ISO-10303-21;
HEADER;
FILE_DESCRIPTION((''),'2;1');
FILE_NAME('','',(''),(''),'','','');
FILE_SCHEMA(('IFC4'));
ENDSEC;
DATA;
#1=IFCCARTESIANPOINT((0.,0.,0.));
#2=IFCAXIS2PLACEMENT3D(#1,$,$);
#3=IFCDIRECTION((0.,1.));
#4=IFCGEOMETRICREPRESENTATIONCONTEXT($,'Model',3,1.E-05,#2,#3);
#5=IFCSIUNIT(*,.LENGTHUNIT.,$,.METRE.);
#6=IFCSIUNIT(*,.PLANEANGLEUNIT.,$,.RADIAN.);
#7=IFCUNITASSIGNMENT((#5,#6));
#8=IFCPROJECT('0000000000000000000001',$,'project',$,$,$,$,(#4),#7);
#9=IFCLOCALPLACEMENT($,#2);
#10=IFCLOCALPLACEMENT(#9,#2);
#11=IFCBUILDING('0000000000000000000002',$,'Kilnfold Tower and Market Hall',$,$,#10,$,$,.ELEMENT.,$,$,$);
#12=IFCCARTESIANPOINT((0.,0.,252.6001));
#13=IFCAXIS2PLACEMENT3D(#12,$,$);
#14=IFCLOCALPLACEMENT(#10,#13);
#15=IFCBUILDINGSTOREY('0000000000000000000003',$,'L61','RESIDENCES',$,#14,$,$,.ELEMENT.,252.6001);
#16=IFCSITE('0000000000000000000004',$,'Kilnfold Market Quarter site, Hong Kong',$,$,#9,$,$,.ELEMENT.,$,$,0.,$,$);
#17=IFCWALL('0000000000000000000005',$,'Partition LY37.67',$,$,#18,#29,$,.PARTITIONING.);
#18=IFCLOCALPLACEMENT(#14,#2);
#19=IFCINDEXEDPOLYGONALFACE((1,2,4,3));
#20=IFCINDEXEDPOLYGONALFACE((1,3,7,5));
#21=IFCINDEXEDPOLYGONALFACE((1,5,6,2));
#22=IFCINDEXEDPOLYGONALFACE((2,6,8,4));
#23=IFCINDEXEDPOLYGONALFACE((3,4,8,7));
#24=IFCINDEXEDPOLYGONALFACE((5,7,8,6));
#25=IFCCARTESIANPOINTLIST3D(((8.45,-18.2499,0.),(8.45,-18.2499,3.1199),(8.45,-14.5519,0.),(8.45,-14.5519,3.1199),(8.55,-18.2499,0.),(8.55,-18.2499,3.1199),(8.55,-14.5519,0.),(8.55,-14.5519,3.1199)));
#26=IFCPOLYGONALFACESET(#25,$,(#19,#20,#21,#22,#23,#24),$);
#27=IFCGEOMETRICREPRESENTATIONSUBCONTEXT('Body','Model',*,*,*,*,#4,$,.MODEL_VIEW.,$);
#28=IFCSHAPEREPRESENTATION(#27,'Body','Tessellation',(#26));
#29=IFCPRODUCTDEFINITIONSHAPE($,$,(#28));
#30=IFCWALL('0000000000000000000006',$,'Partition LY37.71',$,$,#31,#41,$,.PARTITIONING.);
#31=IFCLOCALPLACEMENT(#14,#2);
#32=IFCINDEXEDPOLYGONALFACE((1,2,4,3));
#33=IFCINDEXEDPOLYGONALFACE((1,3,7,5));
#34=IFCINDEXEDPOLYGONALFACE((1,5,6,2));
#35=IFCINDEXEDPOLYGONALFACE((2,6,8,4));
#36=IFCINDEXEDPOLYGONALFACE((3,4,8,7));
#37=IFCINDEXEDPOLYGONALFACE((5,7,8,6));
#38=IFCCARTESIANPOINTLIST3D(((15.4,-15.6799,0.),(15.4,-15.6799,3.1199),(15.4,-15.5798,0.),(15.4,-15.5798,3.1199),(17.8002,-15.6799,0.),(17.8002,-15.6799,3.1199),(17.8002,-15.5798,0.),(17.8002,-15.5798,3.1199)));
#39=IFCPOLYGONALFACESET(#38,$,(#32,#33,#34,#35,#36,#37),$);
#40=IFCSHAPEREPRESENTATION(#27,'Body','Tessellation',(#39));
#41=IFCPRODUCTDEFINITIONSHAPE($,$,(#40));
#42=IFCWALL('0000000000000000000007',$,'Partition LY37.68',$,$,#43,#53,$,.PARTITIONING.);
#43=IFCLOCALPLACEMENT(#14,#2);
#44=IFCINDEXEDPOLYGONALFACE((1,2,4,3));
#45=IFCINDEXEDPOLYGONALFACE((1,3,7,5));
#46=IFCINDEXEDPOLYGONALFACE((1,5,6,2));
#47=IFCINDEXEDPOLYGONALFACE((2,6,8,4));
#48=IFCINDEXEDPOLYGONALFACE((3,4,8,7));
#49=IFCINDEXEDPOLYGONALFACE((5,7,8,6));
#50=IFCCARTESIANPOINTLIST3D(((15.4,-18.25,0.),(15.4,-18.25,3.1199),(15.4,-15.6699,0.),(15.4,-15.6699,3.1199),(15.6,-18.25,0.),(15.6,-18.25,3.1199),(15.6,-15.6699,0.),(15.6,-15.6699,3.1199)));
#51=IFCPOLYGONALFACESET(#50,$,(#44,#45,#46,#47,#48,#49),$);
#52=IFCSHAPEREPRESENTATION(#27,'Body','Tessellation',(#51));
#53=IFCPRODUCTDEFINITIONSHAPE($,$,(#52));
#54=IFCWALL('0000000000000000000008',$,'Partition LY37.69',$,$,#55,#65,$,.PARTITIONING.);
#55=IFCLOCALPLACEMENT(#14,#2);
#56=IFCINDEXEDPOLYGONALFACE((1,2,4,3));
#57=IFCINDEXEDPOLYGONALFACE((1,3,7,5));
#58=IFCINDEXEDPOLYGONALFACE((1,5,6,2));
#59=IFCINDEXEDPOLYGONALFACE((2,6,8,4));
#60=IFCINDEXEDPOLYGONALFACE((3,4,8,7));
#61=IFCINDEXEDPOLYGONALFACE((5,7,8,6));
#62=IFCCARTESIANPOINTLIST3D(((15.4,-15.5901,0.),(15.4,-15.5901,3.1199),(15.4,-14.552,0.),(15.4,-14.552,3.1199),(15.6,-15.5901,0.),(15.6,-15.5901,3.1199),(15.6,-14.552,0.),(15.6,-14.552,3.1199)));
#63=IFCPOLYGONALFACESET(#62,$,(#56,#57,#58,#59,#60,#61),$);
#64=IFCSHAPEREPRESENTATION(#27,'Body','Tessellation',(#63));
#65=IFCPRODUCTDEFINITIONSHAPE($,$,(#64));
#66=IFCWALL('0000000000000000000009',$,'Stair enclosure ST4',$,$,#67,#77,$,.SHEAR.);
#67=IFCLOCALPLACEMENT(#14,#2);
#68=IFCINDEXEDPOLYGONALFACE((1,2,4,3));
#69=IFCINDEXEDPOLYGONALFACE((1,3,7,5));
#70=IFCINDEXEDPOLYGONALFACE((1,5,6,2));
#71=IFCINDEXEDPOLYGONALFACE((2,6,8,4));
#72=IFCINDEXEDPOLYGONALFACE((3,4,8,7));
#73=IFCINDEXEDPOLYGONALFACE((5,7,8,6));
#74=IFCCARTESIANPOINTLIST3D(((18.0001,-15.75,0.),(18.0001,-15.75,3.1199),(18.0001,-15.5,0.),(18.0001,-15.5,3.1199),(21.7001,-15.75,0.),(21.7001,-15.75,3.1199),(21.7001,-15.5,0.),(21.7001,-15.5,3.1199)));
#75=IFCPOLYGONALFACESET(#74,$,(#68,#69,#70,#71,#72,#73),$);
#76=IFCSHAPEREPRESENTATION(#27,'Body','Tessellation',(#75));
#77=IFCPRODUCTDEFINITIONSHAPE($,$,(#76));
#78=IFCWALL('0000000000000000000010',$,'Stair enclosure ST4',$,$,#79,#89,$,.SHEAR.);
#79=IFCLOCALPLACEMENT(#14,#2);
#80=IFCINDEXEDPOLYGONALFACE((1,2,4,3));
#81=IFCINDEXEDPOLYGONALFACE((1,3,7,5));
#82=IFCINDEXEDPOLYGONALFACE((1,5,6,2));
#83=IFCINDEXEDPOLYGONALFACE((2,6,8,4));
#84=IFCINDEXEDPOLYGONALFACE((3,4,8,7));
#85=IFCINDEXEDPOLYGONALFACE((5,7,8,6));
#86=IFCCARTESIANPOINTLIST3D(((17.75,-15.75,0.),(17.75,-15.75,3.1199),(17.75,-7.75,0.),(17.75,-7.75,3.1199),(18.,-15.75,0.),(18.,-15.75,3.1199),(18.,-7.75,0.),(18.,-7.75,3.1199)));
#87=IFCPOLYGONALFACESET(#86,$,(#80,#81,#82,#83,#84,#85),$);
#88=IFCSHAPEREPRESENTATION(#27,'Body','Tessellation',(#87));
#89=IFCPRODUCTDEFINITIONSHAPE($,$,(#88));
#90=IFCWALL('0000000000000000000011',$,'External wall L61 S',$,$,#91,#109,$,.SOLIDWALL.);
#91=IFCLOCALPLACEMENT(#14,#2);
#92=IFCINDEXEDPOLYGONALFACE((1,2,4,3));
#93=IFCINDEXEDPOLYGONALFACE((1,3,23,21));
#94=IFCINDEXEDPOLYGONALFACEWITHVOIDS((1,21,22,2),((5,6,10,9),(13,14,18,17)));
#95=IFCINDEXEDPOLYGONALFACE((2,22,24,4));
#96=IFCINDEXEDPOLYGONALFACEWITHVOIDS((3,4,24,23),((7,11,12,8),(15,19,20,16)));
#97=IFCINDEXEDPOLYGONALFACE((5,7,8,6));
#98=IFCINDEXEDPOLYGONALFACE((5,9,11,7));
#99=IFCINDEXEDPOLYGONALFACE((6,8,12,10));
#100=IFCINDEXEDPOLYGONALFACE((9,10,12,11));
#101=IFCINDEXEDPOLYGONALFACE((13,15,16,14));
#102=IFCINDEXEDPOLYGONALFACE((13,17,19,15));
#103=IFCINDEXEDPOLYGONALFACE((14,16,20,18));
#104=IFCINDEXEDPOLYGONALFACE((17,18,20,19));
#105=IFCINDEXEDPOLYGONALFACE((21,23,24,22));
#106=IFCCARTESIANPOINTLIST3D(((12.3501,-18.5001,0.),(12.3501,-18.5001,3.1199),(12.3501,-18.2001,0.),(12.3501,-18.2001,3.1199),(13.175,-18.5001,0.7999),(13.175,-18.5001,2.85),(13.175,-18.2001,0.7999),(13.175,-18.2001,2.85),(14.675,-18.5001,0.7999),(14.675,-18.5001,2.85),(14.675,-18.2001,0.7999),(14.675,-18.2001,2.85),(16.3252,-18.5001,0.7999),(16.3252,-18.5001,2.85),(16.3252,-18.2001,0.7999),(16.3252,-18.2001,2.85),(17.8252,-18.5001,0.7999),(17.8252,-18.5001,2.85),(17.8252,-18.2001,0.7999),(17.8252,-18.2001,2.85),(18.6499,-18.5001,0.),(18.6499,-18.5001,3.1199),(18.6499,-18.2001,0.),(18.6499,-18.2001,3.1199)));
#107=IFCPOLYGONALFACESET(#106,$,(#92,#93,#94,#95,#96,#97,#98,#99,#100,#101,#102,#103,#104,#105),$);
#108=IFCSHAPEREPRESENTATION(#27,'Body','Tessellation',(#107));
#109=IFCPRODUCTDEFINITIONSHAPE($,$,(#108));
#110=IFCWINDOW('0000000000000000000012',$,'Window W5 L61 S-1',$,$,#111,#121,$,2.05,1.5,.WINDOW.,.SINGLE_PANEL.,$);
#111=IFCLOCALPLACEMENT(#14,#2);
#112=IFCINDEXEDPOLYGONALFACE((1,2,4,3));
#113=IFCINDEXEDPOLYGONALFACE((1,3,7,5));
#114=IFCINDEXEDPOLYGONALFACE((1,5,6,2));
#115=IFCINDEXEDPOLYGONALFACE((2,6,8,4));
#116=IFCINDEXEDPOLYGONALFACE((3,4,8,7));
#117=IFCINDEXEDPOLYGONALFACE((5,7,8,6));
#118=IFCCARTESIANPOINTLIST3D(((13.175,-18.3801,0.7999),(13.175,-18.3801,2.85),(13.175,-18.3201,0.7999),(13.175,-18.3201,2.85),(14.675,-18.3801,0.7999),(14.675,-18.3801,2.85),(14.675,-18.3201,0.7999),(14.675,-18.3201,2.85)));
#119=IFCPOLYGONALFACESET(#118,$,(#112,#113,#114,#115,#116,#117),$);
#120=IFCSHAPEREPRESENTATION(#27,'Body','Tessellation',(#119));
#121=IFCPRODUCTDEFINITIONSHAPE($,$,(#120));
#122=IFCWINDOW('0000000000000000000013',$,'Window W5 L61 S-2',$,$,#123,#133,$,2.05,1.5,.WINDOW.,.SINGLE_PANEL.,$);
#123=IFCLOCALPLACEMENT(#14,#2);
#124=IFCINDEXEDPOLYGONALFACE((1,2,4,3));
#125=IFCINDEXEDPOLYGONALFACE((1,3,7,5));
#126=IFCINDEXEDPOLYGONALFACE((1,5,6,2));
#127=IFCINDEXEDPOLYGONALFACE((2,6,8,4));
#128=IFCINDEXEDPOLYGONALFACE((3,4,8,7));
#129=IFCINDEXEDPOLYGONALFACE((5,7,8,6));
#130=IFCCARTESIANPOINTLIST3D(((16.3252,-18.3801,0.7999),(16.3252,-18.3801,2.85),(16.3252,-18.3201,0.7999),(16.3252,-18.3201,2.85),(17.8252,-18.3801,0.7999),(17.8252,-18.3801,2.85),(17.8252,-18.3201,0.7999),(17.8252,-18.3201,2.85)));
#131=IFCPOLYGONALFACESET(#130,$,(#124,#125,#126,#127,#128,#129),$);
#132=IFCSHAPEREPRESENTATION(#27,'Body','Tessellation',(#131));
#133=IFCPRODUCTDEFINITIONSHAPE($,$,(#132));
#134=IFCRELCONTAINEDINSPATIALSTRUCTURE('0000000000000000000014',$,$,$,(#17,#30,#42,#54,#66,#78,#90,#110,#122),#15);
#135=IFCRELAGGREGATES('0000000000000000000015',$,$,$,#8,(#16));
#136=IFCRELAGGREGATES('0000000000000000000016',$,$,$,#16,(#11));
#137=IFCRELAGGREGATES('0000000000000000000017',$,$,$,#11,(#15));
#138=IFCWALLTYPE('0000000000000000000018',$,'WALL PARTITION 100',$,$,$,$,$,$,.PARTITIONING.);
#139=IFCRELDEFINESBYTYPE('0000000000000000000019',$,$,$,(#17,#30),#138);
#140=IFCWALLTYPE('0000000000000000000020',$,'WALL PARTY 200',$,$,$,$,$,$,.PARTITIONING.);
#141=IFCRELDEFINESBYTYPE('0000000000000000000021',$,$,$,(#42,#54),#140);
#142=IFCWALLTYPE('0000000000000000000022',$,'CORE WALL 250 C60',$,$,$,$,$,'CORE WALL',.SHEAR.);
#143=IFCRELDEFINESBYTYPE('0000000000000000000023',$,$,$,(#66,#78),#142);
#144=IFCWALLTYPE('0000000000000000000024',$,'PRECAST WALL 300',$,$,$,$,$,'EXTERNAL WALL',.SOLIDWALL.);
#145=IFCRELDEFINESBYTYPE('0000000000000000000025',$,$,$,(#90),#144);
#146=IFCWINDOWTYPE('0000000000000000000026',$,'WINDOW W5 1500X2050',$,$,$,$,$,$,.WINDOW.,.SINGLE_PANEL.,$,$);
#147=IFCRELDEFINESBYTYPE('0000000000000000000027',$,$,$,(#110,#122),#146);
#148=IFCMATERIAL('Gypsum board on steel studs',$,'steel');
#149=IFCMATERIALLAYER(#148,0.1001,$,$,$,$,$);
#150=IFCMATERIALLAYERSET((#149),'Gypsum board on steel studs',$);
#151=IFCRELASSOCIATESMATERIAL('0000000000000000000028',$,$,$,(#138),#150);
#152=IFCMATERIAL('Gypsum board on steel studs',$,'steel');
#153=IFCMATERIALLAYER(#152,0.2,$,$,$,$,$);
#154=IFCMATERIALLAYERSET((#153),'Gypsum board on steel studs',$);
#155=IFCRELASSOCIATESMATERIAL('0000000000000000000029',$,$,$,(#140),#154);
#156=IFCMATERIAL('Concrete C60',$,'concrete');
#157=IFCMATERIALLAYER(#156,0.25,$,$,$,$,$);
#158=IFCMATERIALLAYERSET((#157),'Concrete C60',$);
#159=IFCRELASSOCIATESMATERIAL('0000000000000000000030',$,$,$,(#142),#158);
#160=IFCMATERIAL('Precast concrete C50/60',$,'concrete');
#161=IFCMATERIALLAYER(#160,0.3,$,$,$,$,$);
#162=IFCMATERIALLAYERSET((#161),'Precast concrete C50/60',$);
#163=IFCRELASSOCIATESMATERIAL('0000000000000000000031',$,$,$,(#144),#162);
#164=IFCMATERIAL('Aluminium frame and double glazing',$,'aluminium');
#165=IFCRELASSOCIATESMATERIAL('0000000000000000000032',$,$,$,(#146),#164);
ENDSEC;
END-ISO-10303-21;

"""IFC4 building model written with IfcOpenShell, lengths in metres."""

from ifc_helpers import new_model, si_unit, direction, frame, frame_2d, origin, place, context, subcontext, project, spatial, rectangle, extrude, source, transform, mapped, material, layer, layer_set, type_object, element, fill, save


model = new_model("IFC4")

# Units and contexts
model_context = context("Model", 3, precision=1e-05, world=origin(), true_north=direction((0.0, 1.0)))
body_context = subcontext(model_context, "Body", "Model", "MODEL_VIEW")
ifc_project = project(units=[si_unit("LENGTHUNIT", "METRE"), si_unit("PLANEANGLEUNIT", "RADIAN")], contexts=[model_context])

# Site, building, storey
site_placement = place(None, origin())
site = spatial("IfcSite", under=ifc_project, at=site_placement, Name="Kilnfold Market Quarter site, Hong Kong", CompositionType="ELEMENT", RefElevation=0.0)
building_placement = place(site_placement, origin())
building = spatial("IfcBuilding", under=site, at=building_placement, Name="Kilnfold Tower and Market Hall", CompositionType="ELEMENT")
storey_placement = place(building_placement, frame((0.0, 0.0, 252.6001)))
storey = spatial("IfcBuildingStorey", under=building, at=storey_placement, Name="L61", Description="RESIDENCES", CompositionType="ELEMENT", Elevation=252.6001)

# Shared definitions
ifc_material_1 = material(Name="Gypsum board on steel studs", Category="steel")
ifc_layer_1 = layer(ifc_material_1, 0.1001)
ifc_layer_set_1 = layer_set([ifc_layer_1], Name="Gypsum board on steel studs")
wall_type_1 = type_object("IfcWallType", Name="WALL PARTITION 100", PredefinedType="PARTITIONING", material=ifc_layer_set_1)

# Walls
wall_1_placement = place(storey_placement, frame((8.5, -18.25, 0.0), z_axis=(0.0, 0.0, 1.0), x_axis=(0.0, 1.0, 0.0)))
element("IfcWall", 1, at=wall_1_placement, inside=storey, type_object=wall_type_1, Name="Partition LY37.67", PredefinedType="PARTITIONING", context=body_context, shape_type="SweptSolid", body=[
    extrude(rectangle(XDim=3.698, YDim=0.1001, at=frame_2d((1.8491, 0.0))), origin(), (0.0, 0.0, 1.0), 3.1199),
])
wall_2_placement = place(storey_placement, frame((15.3999, -15.6299, 0.0), z_axis=(0.0, 0.0, 1.0), x_axis=(1.0, 0.0, 0.0)))
element("IfcWall", 2, at=wall_2_placement, inside=storey, type_object=wall_type_1, Name="Partition LY37.71", PredefinedType="PARTITIONING", context=body_context, shape_type="SweptSolid", body=[
    extrude(rectangle(XDim=2.4001, YDim=0.1001, at=frame_2d((1.2002, 0.0))), origin(), (0.0, 0.0, 1.0), 3.1199),
])
ifc_material_2 = material(Name="Gypsum board on steel studs", Category="steel")
ifc_layer_2 = layer(ifc_material_2, 0.2)
ifc_layer_set_2 = layer_set([ifc_layer_2], Name="Gypsum board on steel studs")
wall_type_2 = type_object("IfcWallType", Name="WALL PARTY 200", PredefinedType="PARTITIONING", material=ifc_layer_set_2)
wall_3_placement = place(storey_placement, frame((15.5, -18.25, 0.0), z_axis=(0.0, 0.0, 1.0), x_axis=(0.0, 1.0, 0.0)))
element("IfcWall", 3, at=wall_3_placement, inside=storey, type_object=wall_type_2, Name="Partition LY37.68", PredefinedType="PARTITIONING", context=body_context, shape_type="SweptSolid", body=[
    extrude(rectangle(XDim=2.5801, YDim=0.2, at=frame_2d((1.29, 0.0))), origin(), (0.0, 0.0, 1.0), 3.1199),
])
wall_4_placement = place(storey_placement, frame((15.5, -15.5901, 0.0), z_axis=(0.0, 0.0, 1.0), x_axis=(0.0, 1.0, 0.0)))
element("IfcWall", 4, at=wall_4_placement, inside=storey, type_object=wall_type_2, Name="Partition LY37.69", PredefinedType="PARTITIONING", context=body_context, shape_type="SweptSolid", body=[
    extrude(rectangle(XDim=1.0381, YDim=0.2, at=frame_2d((0.519, 0.0))), origin(), (0.0, 0.0, 1.0), 3.1199),
])
ifc_material_3 = material(Name="Concrete C60", Category="concrete")
ifc_layer_3 = layer(ifc_material_3, 0.25)
ifc_layer_set_3 = layer_set([ifc_layer_3], Name="Concrete C60")
wall_type_3 = type_object("IfcWallType", Name="CORE WALL 250 C60", ElementType="CORE WALL", PredefinedType="SHEAR", material=ifc_layer_set_3)
shared_shape_1 = source(origin(), body_context, "Body", "SweptSolid", [
    extrude(rectangle(XDim=3.7, YDim=0.25, at=frame_2d((1.8501, 0.0))), origin(), (0.0, 0.0, 1.0), 3.1199),
])
wall_5_placement = place(storey_placement, frame((18.0, -15.625, 0.0), z_axis=(0.0, 0.0, 1.0), x_axis=(1.0, 0.0, 0.0)))
element("IfcWall", 5, at=wall_5_placement, inside=storey, type_object=wall_type_3, Name="Stair enclosure ST4", PredefinedType="SHEAR", context=body_context, shape_type="MappedRepresentation", body=[
    mapped(shared_shape_1, transform((0.0, 0.0, 0.0))),
])
shared_shape_2 = source(origin(), body_context, "Body", "SweptSolid", [
    extrude(rectangle(XDim=8.0, YDim=0.25, at=frame_2d((4.0, 0.0))), origin(), (0.0, 0.0, 1.0), 3.1199),
])
wall_6_placement = place(storey_placement, frame((17.875, -15.75, 0.0), z_axis=(0.0, 0.0, 1.0), x_axis=(0.0, 1.0, 0.0)))
element("IfcWall", 6, at=wall_6_placement, inside=storey, type_object=wall_type_3, Name="Stair enclosure ST4", PredefinedType="SHEAR", context=body_context, shape_type="MappedRepresentation", body=[
    mapped(shared_shape_2, transform((0.0, 0.0, 0.0))),
])

# Wall, openings, windows
ifc_material_4 = material(Name="Precast concrete C50/60", Category="concrete")
ifc_layer_4 = layer(ifc_material_4, 0.3)
ifc_layer_set_4 = layer_set([ifc_layer_4], Name="Precast concrete C50/60")
wall_type_4 = type_object("IfcWallType", Name="PRECAST WALL 300", ElementType="EXTERNAL WALL", PredefinedType="SOLIDWALL", material=ifc_layer_set_4)
shared_shape_3 = source(origin(), body_context, "Body", "SweptSolid", [
    extrude(rectangle(XDim=6.2998, YDim=0.3, at=frame_2d((3.1499, 0.0))), origin(), (0.0, 0.0, 1.0), 3.1199),
])
wall_7_placement = place(storey_placement, frame((12.3501, -18.3501, 0.0), z_axis=(0.0, 0.0, 1.0), x_axis=(1.0, 0.0, 0.0)))
wall_7 = element("IfcWall", 7, at=wall_7_placement, inside=storey, type_object=wall_type_4, Name="External wall L61 S", PredefinedType="SOLIDWALL", context=body_context, shape_type="MappedRepresentation", body=[
    mapped(shared_shape_3, transform((0.0, 0.0, 0.0))),
])
opening_1_placement = place(wall_7_placement, frame((0.825, 0.0, 0.8)))
opening_1 = element("IfcOpeningElement", 8, at=opening_1_placement, cuts=wall_7, PredefinedType="OPENING", context=body_context, shape_type="SweptSolid", body=[
    extrude(rectangle(XDim=1.5, YDim=2.05, at=frame_2d((0.75, 1.0249))), frame((0.0, 0.1602, 0.0), z_axis=(0.0, -1.0, 0.0), x_axis=(1.0, 0.0, 0.0)), (0.0, 0.0, 1.0), 0.3201),
])
opening_2_placement = place(wall_7_placement, frame((3.9751, 0.0, 0.8)))
opening_2 = element("IfcOpeningElement", 9, at=opening_2_placement, cuts=wall_7, PredefinedType="OPENING", context=body_context, shape_type="SweptSolid", body=[
    extrude(rectangle(XDim=1.5, YDim=2.05, at=frame_2d((0.75, 1.0249))), frame((0.0, 0.1602, 0.0), z_axis=(0.0, -1.0, 0.0), x_axis=(1.0, 0.0, 0.0)), (0.0, 0.0, 1.0), 0.3201),
])
ifc_material_5 = material(Name="Aluminium frame and double glazing", Category="aluminium")
window_type = type_object("IfcWindowType", Name="WINDOW W5 1500X2050", PartitioningType="SINGLE_PANEL", PredefinedType="WINDOW", material=ifc_material_5)
window_1_placement = place(opening_1_placement, origin())
window_1 = element("IfcWindow", 10, at=window_1_placement, inside=storey, type_object=window_type, Name="Window W5 L61 S-1", OverallHeight=2.05, OverallWidth=1.5, PartitioningType="SINGLE_PANEL", PredefinedType="WINDOW", context=body_context, shape_type="SweptSolid", body=[
    extrude(rectangle(XDim=1.5, YDim=2.05, at=frame_2d((0.75, 1.0249))), frame((0.0, 0.03, 0.0), z_axis=(0.0, -1.0, 0.0), x_axis=(1.0, 0.0, 0.0)), (0.0, 0.0, 1.0), 0.0601),
])
fill(opening_1, window_1)
window_2_placement = place(opening_2_placement, origin())
window_2 = element("IfcWindow", 11, at=window_2_placement, inside=storey, type_object=window_type, Name="Window W5 L61 S-2", OverallHeight=2.05, OverallWidth=1.5, PartitioningType="SINGLE_PANEL", PredefinedType="WINDOW", context=body_context, shape_type="SweptSolid", body=[
    extrude(rectangle(XDim=1.5, YDim=2.05, at=frame_2d((0.75, 1.0249))), frame((0.0, 0.03, 0.0), z_axis=(0.0, -1.0, 0.0), x_axis=(1.0, 0.0, 0.0)), (0.0, 0.0, 1.0), 0.0601),
])
fill(opening_2, window_2)

save(model, "model.ifc")
